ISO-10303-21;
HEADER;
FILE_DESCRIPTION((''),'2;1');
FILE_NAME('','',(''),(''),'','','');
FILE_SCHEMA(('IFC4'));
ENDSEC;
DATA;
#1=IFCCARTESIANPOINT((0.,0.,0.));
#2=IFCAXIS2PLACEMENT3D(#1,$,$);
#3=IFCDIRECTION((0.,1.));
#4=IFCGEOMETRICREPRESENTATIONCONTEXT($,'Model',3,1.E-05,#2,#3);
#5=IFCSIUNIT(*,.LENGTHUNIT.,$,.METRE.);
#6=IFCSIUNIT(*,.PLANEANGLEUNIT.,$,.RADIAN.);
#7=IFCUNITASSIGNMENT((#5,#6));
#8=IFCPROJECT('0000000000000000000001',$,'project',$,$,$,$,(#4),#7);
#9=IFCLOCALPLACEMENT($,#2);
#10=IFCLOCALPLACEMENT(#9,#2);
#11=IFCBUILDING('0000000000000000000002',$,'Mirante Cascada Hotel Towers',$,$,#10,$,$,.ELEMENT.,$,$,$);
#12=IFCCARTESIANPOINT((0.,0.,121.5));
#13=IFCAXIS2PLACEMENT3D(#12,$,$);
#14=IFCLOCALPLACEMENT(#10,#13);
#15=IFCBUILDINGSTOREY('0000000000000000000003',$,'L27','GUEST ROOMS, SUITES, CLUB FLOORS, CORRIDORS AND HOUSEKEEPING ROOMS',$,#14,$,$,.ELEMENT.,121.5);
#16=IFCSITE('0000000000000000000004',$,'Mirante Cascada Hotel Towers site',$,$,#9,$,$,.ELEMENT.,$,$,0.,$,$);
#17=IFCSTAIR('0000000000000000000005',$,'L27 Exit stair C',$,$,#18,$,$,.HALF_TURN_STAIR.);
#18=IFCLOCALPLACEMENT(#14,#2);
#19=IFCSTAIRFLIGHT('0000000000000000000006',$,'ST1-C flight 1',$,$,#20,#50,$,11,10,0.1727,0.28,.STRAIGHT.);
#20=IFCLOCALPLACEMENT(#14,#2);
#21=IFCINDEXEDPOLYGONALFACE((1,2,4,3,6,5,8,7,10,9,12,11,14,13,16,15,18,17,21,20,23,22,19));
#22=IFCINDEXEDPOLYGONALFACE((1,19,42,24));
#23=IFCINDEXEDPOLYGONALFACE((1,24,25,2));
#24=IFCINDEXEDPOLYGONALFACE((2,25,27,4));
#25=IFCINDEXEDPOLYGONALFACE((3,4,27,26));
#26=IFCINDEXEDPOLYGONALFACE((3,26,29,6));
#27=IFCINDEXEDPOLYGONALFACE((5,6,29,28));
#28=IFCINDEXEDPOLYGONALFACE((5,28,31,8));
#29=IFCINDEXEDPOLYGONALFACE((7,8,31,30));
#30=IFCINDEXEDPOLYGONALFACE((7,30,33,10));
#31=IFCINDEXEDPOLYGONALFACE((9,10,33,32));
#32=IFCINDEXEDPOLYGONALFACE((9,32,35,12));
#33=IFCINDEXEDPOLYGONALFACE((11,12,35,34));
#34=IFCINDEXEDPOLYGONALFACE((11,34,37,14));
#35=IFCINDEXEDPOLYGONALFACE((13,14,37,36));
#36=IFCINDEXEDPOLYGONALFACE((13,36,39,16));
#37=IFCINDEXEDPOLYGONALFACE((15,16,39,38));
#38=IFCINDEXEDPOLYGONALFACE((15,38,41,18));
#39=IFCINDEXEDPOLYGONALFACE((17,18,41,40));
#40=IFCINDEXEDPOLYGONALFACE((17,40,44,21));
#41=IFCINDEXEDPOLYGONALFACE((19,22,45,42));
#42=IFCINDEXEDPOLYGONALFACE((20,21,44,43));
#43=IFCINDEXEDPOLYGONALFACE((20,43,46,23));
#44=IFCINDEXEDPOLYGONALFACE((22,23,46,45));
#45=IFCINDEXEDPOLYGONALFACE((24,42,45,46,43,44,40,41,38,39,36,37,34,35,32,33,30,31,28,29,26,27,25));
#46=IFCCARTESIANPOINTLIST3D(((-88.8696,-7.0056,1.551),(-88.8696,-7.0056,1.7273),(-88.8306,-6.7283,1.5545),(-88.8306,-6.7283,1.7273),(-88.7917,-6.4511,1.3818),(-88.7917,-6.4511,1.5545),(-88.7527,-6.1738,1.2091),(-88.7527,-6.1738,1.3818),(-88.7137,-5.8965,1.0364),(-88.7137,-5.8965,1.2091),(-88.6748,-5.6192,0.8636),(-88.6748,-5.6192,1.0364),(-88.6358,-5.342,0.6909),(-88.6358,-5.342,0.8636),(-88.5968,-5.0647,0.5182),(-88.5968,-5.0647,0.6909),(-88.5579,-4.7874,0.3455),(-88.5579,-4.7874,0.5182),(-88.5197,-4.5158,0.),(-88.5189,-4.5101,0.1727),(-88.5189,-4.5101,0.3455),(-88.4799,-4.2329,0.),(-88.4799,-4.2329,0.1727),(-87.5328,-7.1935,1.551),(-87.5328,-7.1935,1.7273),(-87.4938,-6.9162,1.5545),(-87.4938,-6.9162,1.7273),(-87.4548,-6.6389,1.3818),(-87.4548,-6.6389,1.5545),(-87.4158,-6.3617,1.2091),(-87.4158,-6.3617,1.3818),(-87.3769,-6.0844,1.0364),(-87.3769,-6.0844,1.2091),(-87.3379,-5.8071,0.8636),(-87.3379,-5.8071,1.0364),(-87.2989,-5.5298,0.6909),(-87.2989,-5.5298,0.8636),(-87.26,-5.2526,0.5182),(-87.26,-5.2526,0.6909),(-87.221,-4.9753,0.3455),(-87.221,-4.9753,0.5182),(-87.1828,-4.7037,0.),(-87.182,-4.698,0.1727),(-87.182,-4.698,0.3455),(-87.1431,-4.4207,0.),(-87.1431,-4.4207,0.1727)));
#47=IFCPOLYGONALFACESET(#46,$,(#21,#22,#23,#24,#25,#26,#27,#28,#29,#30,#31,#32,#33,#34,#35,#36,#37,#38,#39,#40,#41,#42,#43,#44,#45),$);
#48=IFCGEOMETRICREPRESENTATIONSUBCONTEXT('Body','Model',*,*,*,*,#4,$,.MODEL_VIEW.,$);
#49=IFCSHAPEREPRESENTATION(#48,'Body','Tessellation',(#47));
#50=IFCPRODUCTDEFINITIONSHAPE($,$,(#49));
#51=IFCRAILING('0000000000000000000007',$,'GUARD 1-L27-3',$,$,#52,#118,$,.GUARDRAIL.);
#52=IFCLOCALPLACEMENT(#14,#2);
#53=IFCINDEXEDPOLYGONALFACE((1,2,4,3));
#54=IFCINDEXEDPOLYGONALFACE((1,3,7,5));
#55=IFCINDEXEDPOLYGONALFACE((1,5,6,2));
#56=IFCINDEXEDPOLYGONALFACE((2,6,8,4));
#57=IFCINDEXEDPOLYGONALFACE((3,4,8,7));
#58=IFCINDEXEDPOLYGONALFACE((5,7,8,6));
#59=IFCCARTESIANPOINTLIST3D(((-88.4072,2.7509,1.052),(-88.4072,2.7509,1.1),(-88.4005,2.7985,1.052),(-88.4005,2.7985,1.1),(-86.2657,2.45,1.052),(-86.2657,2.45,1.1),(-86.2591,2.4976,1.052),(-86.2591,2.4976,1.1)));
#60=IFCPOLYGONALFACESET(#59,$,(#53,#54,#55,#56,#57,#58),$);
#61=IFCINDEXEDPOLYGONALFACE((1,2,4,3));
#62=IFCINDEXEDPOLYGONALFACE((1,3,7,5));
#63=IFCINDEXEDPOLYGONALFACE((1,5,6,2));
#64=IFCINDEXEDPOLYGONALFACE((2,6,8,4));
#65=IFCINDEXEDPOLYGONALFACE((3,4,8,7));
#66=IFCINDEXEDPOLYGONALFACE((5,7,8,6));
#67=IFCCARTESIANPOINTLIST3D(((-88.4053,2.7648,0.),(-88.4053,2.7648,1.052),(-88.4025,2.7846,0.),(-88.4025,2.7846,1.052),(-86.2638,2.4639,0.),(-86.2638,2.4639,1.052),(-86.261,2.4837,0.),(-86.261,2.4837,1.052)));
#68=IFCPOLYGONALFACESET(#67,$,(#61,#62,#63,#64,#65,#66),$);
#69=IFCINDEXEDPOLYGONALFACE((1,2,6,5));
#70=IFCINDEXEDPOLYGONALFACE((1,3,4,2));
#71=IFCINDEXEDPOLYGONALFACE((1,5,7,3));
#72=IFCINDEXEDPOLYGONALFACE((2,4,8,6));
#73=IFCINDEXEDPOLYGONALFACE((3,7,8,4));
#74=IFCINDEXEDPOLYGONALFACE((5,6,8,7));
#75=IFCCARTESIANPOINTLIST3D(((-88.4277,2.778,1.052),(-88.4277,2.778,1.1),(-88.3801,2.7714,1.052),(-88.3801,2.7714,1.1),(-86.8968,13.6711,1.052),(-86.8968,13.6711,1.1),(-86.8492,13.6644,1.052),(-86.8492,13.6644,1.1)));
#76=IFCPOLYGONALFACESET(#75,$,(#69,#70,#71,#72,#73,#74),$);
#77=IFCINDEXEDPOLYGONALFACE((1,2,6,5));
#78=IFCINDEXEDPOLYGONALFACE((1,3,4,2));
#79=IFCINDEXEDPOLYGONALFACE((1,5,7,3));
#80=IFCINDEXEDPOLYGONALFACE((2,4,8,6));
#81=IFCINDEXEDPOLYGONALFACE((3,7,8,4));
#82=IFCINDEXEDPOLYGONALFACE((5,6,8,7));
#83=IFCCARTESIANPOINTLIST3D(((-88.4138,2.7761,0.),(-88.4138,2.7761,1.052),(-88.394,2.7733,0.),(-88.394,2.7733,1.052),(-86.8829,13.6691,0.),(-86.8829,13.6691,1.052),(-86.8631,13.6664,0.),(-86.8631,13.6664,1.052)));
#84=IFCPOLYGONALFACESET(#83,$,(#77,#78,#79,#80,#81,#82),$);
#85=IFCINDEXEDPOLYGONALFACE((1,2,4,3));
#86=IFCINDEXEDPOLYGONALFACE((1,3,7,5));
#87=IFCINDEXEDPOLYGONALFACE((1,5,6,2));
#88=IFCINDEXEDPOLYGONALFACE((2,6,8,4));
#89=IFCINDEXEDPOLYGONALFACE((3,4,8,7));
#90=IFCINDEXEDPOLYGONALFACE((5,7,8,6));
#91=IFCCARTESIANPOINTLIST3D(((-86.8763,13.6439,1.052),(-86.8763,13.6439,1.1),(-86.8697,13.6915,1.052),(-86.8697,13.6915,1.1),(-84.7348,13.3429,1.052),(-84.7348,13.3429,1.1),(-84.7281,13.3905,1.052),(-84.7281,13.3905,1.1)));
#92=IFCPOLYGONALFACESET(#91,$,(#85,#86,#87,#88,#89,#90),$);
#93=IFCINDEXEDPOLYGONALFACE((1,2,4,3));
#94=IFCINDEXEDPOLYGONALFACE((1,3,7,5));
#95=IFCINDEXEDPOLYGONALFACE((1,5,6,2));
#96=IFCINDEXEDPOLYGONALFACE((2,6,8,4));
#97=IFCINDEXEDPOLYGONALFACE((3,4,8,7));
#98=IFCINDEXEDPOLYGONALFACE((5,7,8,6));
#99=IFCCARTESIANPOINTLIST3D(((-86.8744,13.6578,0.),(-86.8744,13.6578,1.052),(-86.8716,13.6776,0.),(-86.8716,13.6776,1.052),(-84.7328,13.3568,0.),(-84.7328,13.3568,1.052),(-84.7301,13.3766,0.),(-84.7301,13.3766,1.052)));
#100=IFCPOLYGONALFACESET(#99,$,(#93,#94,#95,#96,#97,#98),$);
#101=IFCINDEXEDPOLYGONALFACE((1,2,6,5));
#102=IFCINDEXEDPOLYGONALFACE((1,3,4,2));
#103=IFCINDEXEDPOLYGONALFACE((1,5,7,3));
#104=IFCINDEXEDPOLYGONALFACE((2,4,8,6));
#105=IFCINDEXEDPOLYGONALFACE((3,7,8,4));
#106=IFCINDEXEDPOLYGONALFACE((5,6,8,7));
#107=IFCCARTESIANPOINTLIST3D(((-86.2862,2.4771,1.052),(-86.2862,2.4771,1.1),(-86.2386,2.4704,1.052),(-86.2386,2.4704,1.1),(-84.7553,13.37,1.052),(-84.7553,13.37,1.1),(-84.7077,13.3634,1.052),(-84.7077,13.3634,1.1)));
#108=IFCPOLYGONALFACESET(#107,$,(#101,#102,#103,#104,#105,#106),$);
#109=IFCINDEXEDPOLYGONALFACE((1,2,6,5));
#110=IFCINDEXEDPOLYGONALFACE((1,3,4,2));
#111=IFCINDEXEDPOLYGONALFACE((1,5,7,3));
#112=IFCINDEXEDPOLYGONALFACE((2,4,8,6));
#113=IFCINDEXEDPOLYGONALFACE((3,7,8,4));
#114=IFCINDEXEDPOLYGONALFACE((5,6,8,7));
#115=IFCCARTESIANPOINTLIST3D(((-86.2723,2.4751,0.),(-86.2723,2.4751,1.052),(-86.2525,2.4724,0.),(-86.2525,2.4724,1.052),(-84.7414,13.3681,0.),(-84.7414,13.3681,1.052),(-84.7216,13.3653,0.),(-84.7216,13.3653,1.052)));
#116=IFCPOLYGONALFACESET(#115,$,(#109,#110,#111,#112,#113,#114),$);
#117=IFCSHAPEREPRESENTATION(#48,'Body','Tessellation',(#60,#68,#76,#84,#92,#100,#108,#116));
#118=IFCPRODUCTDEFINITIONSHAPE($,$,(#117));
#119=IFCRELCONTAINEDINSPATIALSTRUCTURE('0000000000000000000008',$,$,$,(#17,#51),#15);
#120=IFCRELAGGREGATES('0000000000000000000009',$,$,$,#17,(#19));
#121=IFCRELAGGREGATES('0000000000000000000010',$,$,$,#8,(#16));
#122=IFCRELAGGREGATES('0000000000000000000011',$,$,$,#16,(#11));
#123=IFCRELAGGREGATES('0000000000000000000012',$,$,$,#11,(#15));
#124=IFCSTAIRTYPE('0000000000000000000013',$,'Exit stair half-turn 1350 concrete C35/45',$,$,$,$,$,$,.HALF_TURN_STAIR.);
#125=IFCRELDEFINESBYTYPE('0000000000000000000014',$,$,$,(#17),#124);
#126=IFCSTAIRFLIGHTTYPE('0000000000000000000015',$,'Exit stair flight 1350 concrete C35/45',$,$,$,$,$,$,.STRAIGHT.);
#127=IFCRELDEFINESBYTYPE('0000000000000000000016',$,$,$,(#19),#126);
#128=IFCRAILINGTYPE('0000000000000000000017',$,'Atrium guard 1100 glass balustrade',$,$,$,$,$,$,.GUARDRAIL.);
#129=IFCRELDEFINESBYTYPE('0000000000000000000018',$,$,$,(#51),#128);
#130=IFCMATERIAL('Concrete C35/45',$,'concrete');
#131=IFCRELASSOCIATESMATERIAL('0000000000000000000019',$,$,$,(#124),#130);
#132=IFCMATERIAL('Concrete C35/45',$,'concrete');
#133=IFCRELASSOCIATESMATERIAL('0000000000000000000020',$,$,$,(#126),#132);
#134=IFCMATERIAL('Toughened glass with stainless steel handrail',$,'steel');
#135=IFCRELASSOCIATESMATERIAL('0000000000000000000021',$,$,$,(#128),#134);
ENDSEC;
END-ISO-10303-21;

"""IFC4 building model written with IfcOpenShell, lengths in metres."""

from ifc_helpers import new_model, si_unit, direction, frame, origin, origin_2d, place, context, subcontext, project, spatial, polyline, rectangle, outline, extrude, material, type_object, element, aggregate, save


model = new_model("IFC4")

# Units and contexts
model_context = context("Model", 3, precision=1e-05, world=origin(), true_north=direction((0.0, 1.0)))
body_context = subcontext(model_context, "Body", "Model", "MODEL_VIEW")
ifc_project = project(units=[si_unit("LENGTHUNIT", "METRE"), si_unit("PLANEANGLEUNIT", "RADIAN")], contexts=[model_context])

# Site, building, storey
site_placement = place(None, origin())
site = spatial("IfcSite", under=ifc_project, at=site_placement, Name="Mirante Cascada Hotel Towers site", CompositionType="ELEMENT", RefElevation=0.0)
building_placement = place(site_placement, origin())
building = spatial("IfcBuilding", under=site, at=building_placement, Name="Mirante Cascada Hotel Towers", CompositionType="ELEMENT")
storey_placement = place(building_placement, frame((0.0, 0.0, 121.5)))
storey = spatial("IfcBuildingStorey", under=building, at=storey_placement, Name="L27", Description="GUEST ROOMS, SUITES, CLUB FLOORS, CORRIDORS AND HOUSEKEEPING ROOMS", CompositionType="ELEMENT", Elevation=121.5)

# Stair, stair flight
ifc_material_1 = material(Name="Concrete C35/45", Category="concrete")
stair_type = type_object("IfcStairType", Name="Exit stair half-turn 1350 concrete C35/45", PredefinedType="HALF_TURN_STAIR", material=ifc_material_1)
stair_placement = place(storey_placement, origin())
stair = element("IfcStair", 1, at=stair_placement, inside=storey, type_object=stair_type, Name="L27 Exit stair C", PredefinedType="HALF_TURN_STAIR")
ifc_material_2 = material(Name="Concrete C35/45", Category="concrete")
stair_flight_type = type_object("IfcStairFlightType", Name="Exit stair flight 1350 concrete C35/45", PredefinedType="STRAIGHT", material=ifc_material_2)
stair_flight_placement = place(storey_placement, frame((-87.8115, -4.3268, 0.0), z_axis=(0.0, 0.0, 1.0), x_axis=(-0.139173, -0.990268, 0.0)))
stair_flight = element("IfcStairFlight", 2, at=stair_flight_placement, type_object=stair_flight_type, Name="ST1-C flight 1", NumberOfRisers=11, NumberOfTreads=10, PredefinedType="STRAIGHT", RiserHeight=0.1727, TreadLength=0.28, context=body_context, shape_type="SweptSolid", body=[
    extrude(outline(polyline([(0.0, 0.0), (0.0, 0.1727), (0.28, 0.1727), (0.28, 0.3455), (0.56, 0.3455), (0.56, 0.5182), (0.84, 0.5182), (0.84, 0.6909), (1.12, 0.6909), (1.12, 0.8636), (1.4, 0.8636), (1.4, 1.0364), (1.68, 1.0364), (1.68, 1.2091), (1.96, 1.2091), (1.96, 1.3818), (2.24, 1.3818), (2.24, 1.5545), (2.52, 1.5545), (2.52, 1.7273), (2.8, 1.7273), (2.8, 1.9), (2.8, 1.551), (0.2857, 0.0), (0.0, 0.0)])), frame((0.0, 0.675, 0.0), z_axis=(0.0, -1.0, 0.0), x_axis=(1.0, 0.0, 0.0)), (0.0, 0.0, 1.0), 1.35),
])
aggregate(stair, [stair_flight])

# Railing
ifc_material_3 = material(Name="Toughened glass with stainless steel handrail", Category="steel")
railing_type_1 = type_object("IfcRailingType", Name="Atrium guard 1100 glass balustrade", PredefinedType="GUARDRAIL", material=ifc_material_3)
railing_1_placement = place(storey_placement, frame((-86.2624, 2.4738, 0.0)))
element("IfcRailing", 3, at=railing_1_placement, inside=storey, type_object=railing_type_1, Name="GUARD 1-L27-3", PredefinedType="GUARDRAIL", context=body_context, shape_type="SweptSolid", body=[
    extrude(rectangle(XDim=0.048, YDim=0.048, at=origin_2d()), frame((0.0, 0.0, 1.076), z_axis=(-0.990272, 0.139142, 0.0), x_axis=(-0.139142, -0.990272, 0.0)), (0.0, 0.0, 1.0), 2.1625),
    extrude(rectangle(XDim=0.02, YDim=1.052, at=origin_2d()), frame((0.0, 0.0, 0.526), z_axis=(-0.990272, 0.139142, 0.0), x_axis=(-0.139142, -0.990272, 0.0)), (0.0, 0.0, 1.0), 2.1625),
    extrude(rectangle(XDim=0.048, YDim=0.048, at=origin_2d()), frame((-2.1415, 0.3009, 1.076), z_axis=(0.139172, 0.990268, 0.0), x_axis=(-0.990268, 0.139172, 0.0)), (0.0, 0.0, 1.0), 11.0001),
    extrude(rectangle(XDim=0.02, YDim=1.052, at=origin_2d()), frame((-2.1415, 0.3009, 0.526), z_axis=(0.139172, 0.990268, 0.0), x_axis=(-0.990268, 0.139172, 0.0)), (0.0, 0.0, 1.0), 11.0001),
    extrude(rectangle(XDim=0.048, YDim=0.048, at=origin_2d()), frame((-0.6106, 11.1939, 1.076), z_axis=(0.990266, -0.139187, 0.0), x_axis=(0.139187, 0.990266, 0.0)), (0.0, 0.0, 1.0), 2.1626),
    extrude(rectangle(XDim=0.02, YDim=1.052, at=origin_2d()), frame((-0.6106, 11.1939, 0.526), z_axis=(0.990266, -0.139187, 0.0), x_axis=(0.139187, 0.990266, 0.0)), (0.0, 0.0, 1.0), 2.1626),
    extrude(rectangle(XDim=0.048, YDim=0.048, at=origin_2d()), frame((1.5309, 10.8929, 1.076), z_axis=(-0.139173, -0.990268, 0.0), x_axis=(0.990268, -0.139173, 0.0)), (0.0, 0.0, 1.0), 11.0),
    extrude(rectangle(XDim=0.02, YDim=1.052, at=origin_2d()), frame((1.5309, 10.8929, 0.526), z_axis=(-0.139173, -0.990268, 0.0), x_axis=(0.990268, -0.139173, 0.0)), (0.0, 0.0, 1.0), 11.0),
])

save(model, "model.ifc")
